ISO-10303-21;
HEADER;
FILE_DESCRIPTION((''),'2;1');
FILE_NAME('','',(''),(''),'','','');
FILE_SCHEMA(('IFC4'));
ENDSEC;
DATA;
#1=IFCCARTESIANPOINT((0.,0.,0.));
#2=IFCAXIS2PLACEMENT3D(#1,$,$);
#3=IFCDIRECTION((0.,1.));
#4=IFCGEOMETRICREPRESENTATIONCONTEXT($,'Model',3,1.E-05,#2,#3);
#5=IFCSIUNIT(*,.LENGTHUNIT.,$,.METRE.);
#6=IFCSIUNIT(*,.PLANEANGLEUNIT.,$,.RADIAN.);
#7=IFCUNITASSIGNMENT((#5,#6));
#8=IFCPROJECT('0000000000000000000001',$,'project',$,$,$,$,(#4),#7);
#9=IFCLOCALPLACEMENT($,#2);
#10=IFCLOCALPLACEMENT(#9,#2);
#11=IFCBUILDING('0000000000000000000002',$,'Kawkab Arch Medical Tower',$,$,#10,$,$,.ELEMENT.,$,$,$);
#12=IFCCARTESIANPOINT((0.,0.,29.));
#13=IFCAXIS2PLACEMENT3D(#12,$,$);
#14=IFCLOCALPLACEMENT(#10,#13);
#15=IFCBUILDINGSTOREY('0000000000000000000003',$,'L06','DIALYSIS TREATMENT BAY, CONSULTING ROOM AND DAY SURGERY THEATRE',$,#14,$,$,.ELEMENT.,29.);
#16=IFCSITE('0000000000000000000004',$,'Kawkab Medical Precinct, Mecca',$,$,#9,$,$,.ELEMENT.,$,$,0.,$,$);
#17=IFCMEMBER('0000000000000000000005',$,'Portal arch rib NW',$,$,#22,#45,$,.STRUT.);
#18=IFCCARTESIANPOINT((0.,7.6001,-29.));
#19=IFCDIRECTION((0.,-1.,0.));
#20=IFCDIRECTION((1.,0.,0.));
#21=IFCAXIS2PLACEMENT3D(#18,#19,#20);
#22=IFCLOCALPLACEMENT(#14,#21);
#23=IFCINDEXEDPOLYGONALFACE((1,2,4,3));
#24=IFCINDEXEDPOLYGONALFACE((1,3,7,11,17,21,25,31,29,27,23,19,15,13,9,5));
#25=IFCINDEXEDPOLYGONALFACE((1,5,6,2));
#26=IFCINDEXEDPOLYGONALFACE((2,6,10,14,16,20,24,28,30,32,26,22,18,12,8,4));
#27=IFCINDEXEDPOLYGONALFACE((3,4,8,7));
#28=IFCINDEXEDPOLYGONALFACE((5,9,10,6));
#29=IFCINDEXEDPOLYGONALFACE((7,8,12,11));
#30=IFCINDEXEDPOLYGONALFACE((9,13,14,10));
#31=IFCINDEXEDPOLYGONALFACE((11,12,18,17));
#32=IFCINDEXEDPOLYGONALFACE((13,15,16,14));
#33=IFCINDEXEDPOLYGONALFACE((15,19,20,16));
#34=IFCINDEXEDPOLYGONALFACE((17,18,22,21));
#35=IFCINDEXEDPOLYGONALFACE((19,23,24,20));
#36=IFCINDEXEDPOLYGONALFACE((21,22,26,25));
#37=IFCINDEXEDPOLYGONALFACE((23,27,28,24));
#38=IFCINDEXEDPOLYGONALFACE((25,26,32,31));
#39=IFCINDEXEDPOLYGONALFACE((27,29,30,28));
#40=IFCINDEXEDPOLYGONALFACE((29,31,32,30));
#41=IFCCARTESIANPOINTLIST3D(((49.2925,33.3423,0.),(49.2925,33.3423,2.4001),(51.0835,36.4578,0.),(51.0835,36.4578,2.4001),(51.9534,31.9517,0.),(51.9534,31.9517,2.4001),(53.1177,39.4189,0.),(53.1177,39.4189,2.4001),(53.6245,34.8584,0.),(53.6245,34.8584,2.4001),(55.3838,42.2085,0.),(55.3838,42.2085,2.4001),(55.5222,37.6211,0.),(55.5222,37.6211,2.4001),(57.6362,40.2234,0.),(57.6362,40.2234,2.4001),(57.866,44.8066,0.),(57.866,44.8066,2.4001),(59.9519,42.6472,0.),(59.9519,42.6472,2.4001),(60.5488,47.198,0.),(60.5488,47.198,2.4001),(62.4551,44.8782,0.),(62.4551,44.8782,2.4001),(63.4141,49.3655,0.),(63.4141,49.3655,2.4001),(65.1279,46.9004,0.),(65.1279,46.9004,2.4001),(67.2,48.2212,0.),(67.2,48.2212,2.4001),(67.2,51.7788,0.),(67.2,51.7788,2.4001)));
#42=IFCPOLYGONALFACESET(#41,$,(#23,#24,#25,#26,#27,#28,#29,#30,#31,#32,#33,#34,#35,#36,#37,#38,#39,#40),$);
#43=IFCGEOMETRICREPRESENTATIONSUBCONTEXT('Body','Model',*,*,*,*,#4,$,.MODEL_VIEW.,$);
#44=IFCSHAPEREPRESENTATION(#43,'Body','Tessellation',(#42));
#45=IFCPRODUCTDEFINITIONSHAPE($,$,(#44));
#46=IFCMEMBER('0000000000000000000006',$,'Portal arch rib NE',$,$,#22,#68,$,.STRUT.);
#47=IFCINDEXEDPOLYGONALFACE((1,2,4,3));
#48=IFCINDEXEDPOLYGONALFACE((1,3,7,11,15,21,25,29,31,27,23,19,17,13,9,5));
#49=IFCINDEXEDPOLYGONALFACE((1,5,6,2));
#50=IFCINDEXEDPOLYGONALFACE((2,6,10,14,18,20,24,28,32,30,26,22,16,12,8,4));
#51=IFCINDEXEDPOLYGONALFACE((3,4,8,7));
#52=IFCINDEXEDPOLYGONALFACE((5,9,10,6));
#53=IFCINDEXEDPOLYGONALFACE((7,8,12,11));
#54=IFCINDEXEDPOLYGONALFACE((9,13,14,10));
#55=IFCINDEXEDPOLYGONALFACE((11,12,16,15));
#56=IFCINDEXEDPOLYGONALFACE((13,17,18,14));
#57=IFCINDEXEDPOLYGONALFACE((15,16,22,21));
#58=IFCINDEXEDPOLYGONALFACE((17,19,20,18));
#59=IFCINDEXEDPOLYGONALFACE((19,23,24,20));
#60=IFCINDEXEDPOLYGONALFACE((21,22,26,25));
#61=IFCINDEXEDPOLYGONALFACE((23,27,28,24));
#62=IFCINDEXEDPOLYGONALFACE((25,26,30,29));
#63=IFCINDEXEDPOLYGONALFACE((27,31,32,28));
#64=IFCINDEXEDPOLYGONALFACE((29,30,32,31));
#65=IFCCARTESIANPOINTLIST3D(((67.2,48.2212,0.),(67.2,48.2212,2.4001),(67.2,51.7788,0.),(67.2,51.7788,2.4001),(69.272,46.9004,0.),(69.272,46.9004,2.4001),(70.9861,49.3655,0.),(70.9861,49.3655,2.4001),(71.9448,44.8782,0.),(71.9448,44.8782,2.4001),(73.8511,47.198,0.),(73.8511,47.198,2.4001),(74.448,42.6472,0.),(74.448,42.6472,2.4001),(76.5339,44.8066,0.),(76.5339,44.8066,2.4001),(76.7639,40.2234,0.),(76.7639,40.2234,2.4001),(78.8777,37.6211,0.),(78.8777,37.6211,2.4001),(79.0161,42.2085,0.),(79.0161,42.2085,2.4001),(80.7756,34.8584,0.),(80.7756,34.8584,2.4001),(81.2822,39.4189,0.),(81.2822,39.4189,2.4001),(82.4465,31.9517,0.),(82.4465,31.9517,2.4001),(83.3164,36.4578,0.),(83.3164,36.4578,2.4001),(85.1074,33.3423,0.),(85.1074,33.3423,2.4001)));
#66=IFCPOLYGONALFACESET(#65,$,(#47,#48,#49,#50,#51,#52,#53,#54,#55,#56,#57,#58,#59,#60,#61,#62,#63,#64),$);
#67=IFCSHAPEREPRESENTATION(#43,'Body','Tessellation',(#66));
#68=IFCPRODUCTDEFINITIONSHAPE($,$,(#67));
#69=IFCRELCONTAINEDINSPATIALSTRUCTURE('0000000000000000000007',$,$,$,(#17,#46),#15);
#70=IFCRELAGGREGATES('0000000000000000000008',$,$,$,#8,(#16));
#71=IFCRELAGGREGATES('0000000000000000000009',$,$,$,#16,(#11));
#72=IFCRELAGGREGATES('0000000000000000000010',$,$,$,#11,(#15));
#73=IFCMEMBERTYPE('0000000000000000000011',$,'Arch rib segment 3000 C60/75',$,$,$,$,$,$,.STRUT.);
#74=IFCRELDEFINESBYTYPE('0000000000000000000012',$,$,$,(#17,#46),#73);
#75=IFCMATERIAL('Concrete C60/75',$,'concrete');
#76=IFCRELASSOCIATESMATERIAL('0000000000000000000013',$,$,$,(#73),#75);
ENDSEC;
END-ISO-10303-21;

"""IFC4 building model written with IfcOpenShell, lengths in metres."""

from ifc_helpers import new_model, si_unit, direction, frame, origin, place, context, subcontext, project, spatial, polyline, outline, extrude, material, type_object, element, save


model = new_model("IFC4")

# Units and contexts
model_context = context("Model", 3, precision=1e-05, world=origin(), true_north=direction((0.0, 1.0)))
body_context = subcontext(model_context, "Body", "Model", "MODEL_VIEW")
ifc_project = project(units=[si_unit("LENGTHUNIT", "METRE"), si_unit("PLANEANGLEUNIT", "RADIAN")], contexts=[model_context])

# Site, building, storey
site_placement = place(None, origin())
site = spatial("IfcSite", under=ifc_project, at=site_placement, Name="Kawkab Medical Precinct, Mecca", CompositionType="ELEMENT", RefElevation=0.0)
building_placement = place(site_placement, origin())
building = spatial("IfcBuilding", under=site, at=building_placement, Name="Kawkab Arch Medical Tower", CompositionType="ELEMENT")
storey_placement = place(building_placement, frame((0.0, 0.0, 29.0)))
storey = spatial("IfcBuildingStorey", under=building, at=storey_placement, Name="L06", Description="DIALYSIS TREATMENT BAY, CONSULTING ROOM AND DAY SURGERY THEATRE", CompositionType="ELEMENT", Elevation=29.0)

# Members
ifc_material_1 = material(Name="Concrete C60/75", Category="concrete")
member_type_1 = type_object("IfcMemberType", Name="Arch rib segment 3000 C60/75", PredefinedType="STRUT", material=ifc_material_1)
placement = place(storey_placement, frame((0.0, 7.6001, -29.0), z_axis=(0.0, -1.0, 0.0), x_axis=(1.0, 0.0, 0.0)))
element("IfcMember", 1, at=placement, inside=storey, type_object=member_type_1, Name="Portal arch rib NW", PredefinedType="STRUT", context=body_context, shape_type="SweptSolid", body=[
    extrude(outline(polyline([(51.9534, 31.9517), (53.6245, 34.8584), (55.5222, 37.6211), (57.6362, 40.2234), (59.9519, 42.6472), (62.4551, 44.8782), (65.1279, 46.9004), (67.2, 48.2212), (67.2, 51.7788), (63.4141, 49.3655), (60.5488, 47.198), (57.866, 44.8066), (55.3838, 42.2085), (53.1177, 39.4189), (51.0835, 36.4578), (49.2925, 33.3423), (51.9534, 31.9517)])), origin(), (0.0, 0.0, 1.0), 2.4001),
])
element("IfcMember", 2, at=placement, inside=storey, type_object=member_type_1, Name="Portal arch rib NE", PredefinedType="STRUT", context=body_context, shape_type="SweptSolid", body=[
    extrude(outline(polyline([(67.2, 48.2212), (69.272, 46.9004), (71.9448, 44.8782), (74.448, 42.6472), (76.7639, 40.2234), (78.8777, 37.6211), (80.7756, 34.8584), (82.4465, 31.9517), (85.1074, 33.3423), (83.3164, 36.4578), (81.2822, 39.4189), (79.0161, 42.2085), (76.5339, 44.8066), (73.8511, 47.198), (70.9861, 49.3655), (67.2, 51.7788), (67.2, 48.2212)])), origin(), (0.0, 0.0, 1.0), 2.4001),
])

save(model, "model.ifc")
